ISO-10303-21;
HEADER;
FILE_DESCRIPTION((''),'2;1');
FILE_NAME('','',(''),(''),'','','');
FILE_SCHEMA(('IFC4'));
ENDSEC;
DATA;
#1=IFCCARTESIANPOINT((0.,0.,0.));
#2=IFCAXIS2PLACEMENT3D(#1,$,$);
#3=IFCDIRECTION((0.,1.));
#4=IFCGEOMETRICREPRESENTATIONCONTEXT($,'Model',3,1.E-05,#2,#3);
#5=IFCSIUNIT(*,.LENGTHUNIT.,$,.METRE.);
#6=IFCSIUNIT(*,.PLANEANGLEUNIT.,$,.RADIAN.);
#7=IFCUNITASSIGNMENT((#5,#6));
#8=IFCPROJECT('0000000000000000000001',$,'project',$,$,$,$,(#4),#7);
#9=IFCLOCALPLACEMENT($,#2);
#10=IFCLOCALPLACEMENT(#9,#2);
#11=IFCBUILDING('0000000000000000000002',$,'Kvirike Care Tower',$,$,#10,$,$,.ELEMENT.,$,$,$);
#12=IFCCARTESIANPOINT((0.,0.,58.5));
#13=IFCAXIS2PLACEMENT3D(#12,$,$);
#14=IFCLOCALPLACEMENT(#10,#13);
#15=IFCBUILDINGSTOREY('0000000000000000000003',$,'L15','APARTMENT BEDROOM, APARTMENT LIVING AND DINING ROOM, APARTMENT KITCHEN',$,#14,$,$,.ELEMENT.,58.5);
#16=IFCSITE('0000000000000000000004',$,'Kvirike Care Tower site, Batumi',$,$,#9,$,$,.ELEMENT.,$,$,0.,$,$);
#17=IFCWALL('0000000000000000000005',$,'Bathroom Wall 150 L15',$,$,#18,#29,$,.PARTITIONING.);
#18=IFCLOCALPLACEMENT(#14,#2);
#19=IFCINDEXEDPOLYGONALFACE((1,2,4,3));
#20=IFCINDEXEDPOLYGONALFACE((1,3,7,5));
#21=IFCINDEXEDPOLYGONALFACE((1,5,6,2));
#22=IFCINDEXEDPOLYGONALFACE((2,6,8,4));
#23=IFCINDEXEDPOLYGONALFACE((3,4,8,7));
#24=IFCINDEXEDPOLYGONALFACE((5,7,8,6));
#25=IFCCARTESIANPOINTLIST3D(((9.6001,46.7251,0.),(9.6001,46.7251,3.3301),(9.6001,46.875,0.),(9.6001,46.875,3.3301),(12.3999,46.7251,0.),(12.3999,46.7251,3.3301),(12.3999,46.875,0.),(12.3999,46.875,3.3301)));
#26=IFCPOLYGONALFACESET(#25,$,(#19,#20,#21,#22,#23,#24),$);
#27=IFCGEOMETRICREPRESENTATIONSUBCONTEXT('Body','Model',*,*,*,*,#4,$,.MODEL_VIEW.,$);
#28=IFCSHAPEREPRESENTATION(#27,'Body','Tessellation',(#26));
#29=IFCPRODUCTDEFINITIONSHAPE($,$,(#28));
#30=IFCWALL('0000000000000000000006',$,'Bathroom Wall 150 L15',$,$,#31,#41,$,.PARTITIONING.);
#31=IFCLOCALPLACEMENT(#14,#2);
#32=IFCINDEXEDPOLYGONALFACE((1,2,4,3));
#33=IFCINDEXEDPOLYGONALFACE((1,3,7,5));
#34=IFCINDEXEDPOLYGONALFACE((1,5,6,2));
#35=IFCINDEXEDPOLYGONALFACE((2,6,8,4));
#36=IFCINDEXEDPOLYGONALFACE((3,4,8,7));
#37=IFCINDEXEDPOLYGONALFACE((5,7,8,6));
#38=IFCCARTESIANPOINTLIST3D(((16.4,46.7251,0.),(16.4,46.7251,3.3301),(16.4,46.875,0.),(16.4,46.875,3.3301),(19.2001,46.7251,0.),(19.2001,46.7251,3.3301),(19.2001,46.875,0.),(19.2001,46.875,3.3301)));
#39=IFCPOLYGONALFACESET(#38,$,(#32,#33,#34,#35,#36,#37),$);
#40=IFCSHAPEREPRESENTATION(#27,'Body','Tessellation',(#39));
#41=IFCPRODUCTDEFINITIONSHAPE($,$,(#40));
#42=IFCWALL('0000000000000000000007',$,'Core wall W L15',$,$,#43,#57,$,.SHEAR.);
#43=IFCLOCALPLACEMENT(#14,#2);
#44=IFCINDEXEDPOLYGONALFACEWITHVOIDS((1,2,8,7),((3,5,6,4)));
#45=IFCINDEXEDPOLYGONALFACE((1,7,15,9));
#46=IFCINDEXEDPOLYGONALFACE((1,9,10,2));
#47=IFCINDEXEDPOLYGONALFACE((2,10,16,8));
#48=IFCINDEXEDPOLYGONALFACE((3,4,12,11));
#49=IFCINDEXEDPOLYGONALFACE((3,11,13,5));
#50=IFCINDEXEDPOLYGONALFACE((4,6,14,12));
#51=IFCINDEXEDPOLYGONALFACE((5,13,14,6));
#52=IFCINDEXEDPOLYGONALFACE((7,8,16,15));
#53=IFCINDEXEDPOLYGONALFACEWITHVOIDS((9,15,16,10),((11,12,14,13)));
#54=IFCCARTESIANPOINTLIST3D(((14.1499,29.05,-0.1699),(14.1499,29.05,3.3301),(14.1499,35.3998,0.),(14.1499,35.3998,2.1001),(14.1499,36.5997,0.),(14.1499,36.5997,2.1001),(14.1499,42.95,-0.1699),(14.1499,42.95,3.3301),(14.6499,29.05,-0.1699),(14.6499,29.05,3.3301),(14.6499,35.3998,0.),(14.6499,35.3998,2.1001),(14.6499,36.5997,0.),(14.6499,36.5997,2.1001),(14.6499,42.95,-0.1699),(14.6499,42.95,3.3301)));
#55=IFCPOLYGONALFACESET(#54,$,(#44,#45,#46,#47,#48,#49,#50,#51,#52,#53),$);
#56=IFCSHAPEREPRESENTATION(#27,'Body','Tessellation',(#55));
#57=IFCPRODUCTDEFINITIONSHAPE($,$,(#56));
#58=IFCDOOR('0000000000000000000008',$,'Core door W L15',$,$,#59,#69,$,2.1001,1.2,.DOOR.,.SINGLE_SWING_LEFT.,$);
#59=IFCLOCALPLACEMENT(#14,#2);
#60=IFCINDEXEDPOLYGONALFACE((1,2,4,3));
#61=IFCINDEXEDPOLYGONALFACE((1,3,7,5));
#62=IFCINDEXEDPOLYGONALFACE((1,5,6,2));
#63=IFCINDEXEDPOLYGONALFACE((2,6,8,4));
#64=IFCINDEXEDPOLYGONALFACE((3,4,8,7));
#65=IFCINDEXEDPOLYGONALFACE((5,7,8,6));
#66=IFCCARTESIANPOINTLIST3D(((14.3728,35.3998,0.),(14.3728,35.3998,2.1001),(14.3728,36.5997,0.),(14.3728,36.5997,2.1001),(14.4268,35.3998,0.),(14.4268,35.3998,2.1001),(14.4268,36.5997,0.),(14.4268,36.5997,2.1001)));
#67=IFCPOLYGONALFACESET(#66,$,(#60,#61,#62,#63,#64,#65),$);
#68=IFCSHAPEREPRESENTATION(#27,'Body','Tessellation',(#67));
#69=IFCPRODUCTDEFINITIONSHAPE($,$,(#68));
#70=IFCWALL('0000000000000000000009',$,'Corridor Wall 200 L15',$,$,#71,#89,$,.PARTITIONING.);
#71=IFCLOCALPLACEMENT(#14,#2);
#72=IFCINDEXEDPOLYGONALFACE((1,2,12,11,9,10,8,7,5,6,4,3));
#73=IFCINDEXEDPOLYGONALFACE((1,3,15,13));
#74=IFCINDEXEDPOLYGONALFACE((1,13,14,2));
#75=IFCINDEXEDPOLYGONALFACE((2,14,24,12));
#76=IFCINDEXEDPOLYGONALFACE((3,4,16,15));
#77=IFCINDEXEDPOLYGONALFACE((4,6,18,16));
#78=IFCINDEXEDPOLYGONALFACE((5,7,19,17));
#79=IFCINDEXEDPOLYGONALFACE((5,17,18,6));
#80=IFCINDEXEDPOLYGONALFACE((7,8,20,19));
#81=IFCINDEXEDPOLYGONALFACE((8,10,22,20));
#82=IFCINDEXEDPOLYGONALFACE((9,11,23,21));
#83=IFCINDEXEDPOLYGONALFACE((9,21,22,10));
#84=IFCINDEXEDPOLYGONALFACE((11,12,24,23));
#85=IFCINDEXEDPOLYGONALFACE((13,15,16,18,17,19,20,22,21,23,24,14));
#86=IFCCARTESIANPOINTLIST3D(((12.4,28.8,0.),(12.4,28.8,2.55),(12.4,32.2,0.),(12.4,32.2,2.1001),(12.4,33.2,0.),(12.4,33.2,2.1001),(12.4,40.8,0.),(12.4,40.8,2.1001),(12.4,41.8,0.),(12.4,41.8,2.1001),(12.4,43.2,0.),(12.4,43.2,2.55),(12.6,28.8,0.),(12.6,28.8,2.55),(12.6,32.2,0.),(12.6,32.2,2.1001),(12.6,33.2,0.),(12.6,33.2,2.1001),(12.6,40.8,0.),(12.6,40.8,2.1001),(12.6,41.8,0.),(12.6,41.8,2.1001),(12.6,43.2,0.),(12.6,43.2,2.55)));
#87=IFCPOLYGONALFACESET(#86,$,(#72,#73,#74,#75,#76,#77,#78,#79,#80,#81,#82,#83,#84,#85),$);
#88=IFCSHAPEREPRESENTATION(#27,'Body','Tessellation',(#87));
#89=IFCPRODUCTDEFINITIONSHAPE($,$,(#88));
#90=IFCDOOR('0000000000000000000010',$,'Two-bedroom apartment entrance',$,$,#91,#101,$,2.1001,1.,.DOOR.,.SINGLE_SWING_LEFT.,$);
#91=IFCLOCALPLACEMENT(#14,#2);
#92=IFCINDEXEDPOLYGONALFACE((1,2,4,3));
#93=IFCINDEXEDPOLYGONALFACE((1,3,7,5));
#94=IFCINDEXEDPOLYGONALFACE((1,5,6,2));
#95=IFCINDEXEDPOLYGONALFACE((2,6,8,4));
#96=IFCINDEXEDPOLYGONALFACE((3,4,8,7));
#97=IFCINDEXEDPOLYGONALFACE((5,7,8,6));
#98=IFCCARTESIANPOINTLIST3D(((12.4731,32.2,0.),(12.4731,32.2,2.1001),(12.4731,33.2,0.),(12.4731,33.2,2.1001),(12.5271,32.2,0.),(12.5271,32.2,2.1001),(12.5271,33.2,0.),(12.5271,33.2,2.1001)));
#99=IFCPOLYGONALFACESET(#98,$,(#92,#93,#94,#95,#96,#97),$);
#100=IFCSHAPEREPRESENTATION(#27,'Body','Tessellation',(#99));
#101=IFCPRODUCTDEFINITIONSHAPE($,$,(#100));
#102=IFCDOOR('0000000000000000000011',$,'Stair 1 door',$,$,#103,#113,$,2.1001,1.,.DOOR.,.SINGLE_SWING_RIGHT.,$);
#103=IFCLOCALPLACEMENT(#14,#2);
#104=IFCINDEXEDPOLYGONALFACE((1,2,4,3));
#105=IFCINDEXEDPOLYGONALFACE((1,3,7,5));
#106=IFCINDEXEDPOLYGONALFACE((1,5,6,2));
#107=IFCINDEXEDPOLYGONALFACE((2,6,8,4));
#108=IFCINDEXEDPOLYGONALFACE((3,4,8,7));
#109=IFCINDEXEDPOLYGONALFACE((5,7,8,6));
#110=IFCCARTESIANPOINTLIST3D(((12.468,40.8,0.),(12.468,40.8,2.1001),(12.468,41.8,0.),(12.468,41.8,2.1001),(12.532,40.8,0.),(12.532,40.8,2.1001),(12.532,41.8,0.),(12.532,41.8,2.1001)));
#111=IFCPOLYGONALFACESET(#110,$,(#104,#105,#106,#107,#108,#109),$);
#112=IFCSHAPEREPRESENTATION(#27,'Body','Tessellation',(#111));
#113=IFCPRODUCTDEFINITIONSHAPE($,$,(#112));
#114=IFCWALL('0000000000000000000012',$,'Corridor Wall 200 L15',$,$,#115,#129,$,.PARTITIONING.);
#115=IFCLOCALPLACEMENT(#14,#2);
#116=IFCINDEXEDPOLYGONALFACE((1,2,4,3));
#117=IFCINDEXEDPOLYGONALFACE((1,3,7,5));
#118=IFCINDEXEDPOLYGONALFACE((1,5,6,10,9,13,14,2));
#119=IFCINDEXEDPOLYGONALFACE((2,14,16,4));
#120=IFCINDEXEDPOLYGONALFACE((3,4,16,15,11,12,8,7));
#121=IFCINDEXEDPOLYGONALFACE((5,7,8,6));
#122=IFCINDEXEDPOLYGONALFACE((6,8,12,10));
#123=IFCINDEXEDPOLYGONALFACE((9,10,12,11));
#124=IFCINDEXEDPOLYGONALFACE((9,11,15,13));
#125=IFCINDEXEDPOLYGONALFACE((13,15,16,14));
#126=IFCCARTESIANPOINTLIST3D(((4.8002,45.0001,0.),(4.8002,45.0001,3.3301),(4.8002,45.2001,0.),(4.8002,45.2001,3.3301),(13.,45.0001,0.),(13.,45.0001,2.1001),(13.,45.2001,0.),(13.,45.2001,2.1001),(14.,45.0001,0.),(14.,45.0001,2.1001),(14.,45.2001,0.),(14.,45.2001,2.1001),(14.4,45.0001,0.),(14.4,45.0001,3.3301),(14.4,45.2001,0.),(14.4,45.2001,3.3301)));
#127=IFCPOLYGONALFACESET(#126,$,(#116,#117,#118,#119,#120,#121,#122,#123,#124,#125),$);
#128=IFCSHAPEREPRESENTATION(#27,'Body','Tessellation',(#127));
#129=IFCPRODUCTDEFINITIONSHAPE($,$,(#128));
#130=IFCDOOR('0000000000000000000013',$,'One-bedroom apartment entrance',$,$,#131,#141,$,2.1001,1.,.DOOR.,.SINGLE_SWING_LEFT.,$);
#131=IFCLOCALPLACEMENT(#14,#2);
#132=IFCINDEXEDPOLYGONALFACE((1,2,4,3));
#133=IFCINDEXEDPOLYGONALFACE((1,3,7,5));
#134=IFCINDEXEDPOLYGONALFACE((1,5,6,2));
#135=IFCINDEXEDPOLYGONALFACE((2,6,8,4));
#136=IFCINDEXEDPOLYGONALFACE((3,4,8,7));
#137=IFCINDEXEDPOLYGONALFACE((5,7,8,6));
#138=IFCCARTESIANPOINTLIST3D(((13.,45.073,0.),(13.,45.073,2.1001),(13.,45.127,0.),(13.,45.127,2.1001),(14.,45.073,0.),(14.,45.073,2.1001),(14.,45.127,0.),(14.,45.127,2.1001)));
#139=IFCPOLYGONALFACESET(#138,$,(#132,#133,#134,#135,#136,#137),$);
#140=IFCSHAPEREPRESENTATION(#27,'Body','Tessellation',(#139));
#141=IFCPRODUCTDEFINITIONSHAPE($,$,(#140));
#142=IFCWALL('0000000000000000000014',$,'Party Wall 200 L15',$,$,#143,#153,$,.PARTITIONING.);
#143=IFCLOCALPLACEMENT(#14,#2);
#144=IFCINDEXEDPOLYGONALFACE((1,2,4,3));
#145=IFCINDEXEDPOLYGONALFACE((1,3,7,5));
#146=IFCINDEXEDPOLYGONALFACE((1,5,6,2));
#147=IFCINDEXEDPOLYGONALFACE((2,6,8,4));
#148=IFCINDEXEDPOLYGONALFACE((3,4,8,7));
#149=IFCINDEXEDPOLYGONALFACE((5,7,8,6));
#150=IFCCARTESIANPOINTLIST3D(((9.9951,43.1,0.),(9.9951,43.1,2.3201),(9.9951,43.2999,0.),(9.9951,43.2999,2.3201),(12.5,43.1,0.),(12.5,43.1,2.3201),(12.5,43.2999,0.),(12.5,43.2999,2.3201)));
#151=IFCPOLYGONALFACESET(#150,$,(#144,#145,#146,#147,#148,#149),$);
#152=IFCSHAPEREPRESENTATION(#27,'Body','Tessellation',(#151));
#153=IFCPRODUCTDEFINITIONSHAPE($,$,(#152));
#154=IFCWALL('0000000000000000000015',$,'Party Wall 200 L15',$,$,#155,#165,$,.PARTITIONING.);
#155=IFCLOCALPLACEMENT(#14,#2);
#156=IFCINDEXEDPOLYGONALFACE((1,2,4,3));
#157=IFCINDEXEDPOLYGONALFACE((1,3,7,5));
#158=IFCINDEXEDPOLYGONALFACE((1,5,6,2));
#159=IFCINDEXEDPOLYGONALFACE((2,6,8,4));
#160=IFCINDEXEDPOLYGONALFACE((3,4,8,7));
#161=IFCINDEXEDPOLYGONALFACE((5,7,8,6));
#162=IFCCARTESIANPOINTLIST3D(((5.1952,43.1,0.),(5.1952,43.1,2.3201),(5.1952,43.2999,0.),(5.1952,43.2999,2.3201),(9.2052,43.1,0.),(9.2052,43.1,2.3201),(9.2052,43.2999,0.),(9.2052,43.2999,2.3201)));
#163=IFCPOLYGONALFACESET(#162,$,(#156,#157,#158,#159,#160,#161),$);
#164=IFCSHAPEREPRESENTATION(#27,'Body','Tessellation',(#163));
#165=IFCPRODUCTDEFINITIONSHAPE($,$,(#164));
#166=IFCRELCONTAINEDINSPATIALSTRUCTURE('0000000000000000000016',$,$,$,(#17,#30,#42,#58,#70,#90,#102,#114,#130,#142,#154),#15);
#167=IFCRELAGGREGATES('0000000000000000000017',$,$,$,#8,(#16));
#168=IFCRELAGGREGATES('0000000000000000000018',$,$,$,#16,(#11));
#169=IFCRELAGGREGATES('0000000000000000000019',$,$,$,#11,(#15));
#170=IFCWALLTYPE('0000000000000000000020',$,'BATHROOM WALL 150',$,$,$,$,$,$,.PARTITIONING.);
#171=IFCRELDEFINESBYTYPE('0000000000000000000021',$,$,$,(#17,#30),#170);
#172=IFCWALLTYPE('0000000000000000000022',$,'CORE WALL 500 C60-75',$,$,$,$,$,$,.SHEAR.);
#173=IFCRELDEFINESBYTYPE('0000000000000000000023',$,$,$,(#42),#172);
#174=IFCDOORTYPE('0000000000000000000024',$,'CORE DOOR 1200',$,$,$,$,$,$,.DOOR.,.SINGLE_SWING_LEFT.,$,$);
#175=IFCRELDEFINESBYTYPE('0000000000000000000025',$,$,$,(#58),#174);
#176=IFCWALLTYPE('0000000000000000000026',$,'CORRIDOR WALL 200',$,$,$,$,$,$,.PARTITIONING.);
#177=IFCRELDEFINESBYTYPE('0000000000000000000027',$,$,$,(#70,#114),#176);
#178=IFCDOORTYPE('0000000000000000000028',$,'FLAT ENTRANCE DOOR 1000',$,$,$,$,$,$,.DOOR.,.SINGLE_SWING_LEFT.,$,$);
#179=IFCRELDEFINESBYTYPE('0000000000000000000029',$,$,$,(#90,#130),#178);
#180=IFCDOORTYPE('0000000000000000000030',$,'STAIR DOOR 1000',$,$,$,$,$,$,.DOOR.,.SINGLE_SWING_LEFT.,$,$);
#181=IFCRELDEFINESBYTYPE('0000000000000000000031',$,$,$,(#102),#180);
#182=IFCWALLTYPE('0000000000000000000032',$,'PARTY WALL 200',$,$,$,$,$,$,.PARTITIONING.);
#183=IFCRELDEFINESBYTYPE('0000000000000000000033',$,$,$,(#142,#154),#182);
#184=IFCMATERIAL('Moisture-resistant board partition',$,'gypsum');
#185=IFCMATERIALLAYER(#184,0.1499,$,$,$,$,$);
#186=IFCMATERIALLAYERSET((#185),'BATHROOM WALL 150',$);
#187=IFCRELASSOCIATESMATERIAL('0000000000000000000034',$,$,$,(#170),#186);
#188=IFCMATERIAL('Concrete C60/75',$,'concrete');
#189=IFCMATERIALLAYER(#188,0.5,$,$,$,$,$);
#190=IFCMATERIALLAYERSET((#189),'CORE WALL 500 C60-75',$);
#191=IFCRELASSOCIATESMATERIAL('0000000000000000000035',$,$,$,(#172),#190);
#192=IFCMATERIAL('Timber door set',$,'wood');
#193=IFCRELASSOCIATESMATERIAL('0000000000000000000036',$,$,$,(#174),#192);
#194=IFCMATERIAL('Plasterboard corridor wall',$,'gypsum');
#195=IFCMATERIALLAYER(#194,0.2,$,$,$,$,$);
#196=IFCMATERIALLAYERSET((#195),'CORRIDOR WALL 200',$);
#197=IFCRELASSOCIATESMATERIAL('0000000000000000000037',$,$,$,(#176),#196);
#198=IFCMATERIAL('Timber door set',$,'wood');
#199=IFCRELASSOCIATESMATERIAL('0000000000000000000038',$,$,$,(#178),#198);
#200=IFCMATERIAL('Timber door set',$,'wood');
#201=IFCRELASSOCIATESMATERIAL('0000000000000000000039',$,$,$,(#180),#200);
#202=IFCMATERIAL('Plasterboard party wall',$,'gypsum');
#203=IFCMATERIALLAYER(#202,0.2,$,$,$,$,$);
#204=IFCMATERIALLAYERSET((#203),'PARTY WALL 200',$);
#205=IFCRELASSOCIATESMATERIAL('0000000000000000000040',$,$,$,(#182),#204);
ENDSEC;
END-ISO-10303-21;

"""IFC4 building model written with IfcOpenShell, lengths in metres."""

from ifc_helpers import new_model, si_unit, direction, frame, frame_2d, origin, place, context, subcontext, project, spatial, rectangle, extrude, material, layer, layer_set, type_object, element, fill, save


model = new_model("IFC4")

# Units and contexts
model_context = context("Model", 3, precision=1e-05, world=origin(), true_north=direction((0.0, 1.0)))
body_context = subcontext(model_context, "Body", "Model", "MODEL_VIEW")
ifc_project = project(units=[si_unit("LENGTHUNIT", "METRE"), si_unit("PLANEANGLEUNIT", "RADIAN")], contexts=[model_context])

# Site, building, storey
site_placement = place(None, origin())
site = spatial("IfcSite", under=ifc_project, at=site_placement, Name="Kvirike Care Tower site, Batumi", CompositionType="ELEMENT", RefElevation=0.0)
building_placement = place(site_placement, origin())
building = spatial("IfcBuilding", under=site, at=building_placement, Name="Kvirike Care Tower", CompositionType="ELEMENT")
storey_placement = place(building_placement, frame((0.0, 0.0, 58.5)))
storey = spatial("IfcBuildingStorey", under=building, at=storey_placement, Name="L15", Description="APARTMENT BEDROOM, APARTMENT LIVING AND DINING ROOM, APARTMENT KITCHEN", CompositionType="ELEMENT", Elevation=58.5)

# Walls
ifc_material_1 = material(Name="Moisture-resistant board partition", Category="gypsum")
ifc_layer_1 = layer(ifc_material_1, 0.1499)
ifc_layer_set_1 = layer_set([ifc_layer_1], Name="BATHROOM WALL 150")
wall_type_1 = type_object("IfcWallType", Name="BATHROOM WALL 150", PredefinedType="PARTITIONING", material=ifc_layer_set_1)
wall_1_placement = place(storey_placement, frame((12.3999, 46.8, 0.0), z_axis=(0.0, 0.0, 1.0), x_axis=(-1.0, 0.0, 0.0)))
element("IfcWall", 1, at=wall_1_placement, inside=storey, type_object=wall_type_1, Name="Bathroom Wall 150 L15", PredefinedType="PARTITIONING", context=body_context, shape_type="SweptSolid", body=[
    extrude(rectangle(XDim=2.7998, YDim=0.1499, at=frame_2d((1.3999, 0.0))), origin(), (0.0, 0.0, 1.0), 3.3301),
])
wall_2_placement = place(storey_placement, frame((19.2, 46.8, 0.0), z_axis=(0.0, 0.0, 1.0), x_axis=(-1.0, 0.0, 0.0)))
element("IfcWall", 2, at=wall_2_placement, inside=storey, type_object=wall_type_1, Name="Bathroom Wall 150 L15", PredefinedType="PARTITIONING", context=body_context, shape_type="SweptSolid", body=[
    extrude(rectangle(XDim=2.8, YDim=0.1499, at=frame_2d((1.3999, 0.0))), origin(), (0.0, 0.0, 1.0), 3.3301),
])

# Wall, opening, door
ifc_material_2 = material(Name="Concrete C60/75", Category="concrete")
ifc_layer_2 = layer(ifc_material_2, 0.5)
ifc_layer_set_2 = layer_set([ifc_layer_2], Name="CORE WALL 500 C60-75")
wall_type_2 = type_object("IfcWallType", Name="CORE WALL 500 C60-75", PredefinedType="SHEAR", material=ifc_layer_set_2)
wall_3_placement = place(storey_placement, frame((14.3999, 42.95, -0.1699), z_axis=(0.0, 0.0, 1.0), x_axis=(0.0, -1.0, 0.0)))
wall_3 = element("IfcWall", 3, at=wall_3_placement, inside=storey, type_object=wall_type_2, Name="Core wall W L15", PredefinedType="SHEAR", context=body_context, shape_type="SweptSolid", body=[
    extrude(rectangle(XDim=13.8999, YDim=0.5, at=frame_2d((6.95, 0.0))), origin(), (0.0, 0.0, 1.0), 3.5),
])
opening_1_placement = place(wall_3_placement, frame((6.3501, 0.0, 0.1699)))
opening_1 = element("IfcOpeningElement", 4, at=opening_1_placement, cuts=wall_3, PredefinedType="OPENING", context=body_context, shape_type="SweptSolid", body=[
    extrude(rectangle(XDim=1.2, YDim=2.1001, at=frame_2d((0.6001, 1.05))), frame((0.0, 0.2605, 0.0), z_axis=(0.0, -1.0, 0.0), x_axis=(1.0, 0.0, 0.0)), (0.0, 0.0, 1.0), 0.521),
])
ifc_material_3 = material(Name="Timber door set", Category="wood")
door_type_1 = type_object("IfcDoorType", Name="CORE DOOR 1200", OperationType="SINGLE_SWING_LEFT", PredefinedType="DOOR", material=ifc_material_3)
door_1_placement = place(opening_1_placement, origin())
door_1 = element("IfcDoor", 5, at=door_1_placement, inside=storey, type_object=door_type_1, Name="Core door W L15", OperationType="SINGLE_SWING_LEFT", OverallHeight=2.1001, OverallWidth=1.2, PredefinedType="DOOR", context=body_context, shape_type="SweptSolid", body=[
    extrude(rectangle(XDim=1.2, YDim=2.1001, at=frame_2d((0.6001, 1.05))), frame((0.0, 0.0269, 0.0), z_axis=(0.0, -1.0, 0.0), x_axis=(1.0, 0.0, 0.0)), (0.0, 0.0, 1.0), 0.054),
])
fill(opening_1, door_1)

# Wall, openings, doors
ifc_material_4 = material(Name="Plasterboard corridor wall", Category="gypsum")
ifc_layer_3 = layer(ifc_material_4, 0.2)
ifc_layer_set_3 = layer_set([ifc_layer_3], Name="CORRIDOR WALL 200")
wall_type_3 = type_object("IfcWallType", Name="CORRIDOR WALL 200", PredefinedType="PARTITIONING", material=ifc_layer_set_3)
wall_4_placement = place(storey_placement, frame((12.5, 43.2, 0.0), z_axis=(0.0, 0.0, 1.0), x_axis=(0.0, -1.0, 0.0)))
wall_4 = element("IfcWall", 6, at=wall_4_placement, inside=storey, type_object=wall_type_3, Name="Corridor Wall 200 L15", PredefinedType="PARTITIONING", context=body_context, shape_type="SweptSolid", body=[
    extrude(rectangle(XDim=14.3999, YDim=0.2, at=frame_2d((7.2, 0.0))), origin(), (0.0, 0.0, 1.0), 2.55),
])
opening_2_placement = place(wall_4_placement, frame((1.3999, 0.0, 0.0)))
opening_2 = element("IfcOpeningElement", 7, at=opening_2_placement, cuts=wall_4, PredefinedType="OPENING", context=body_context, shape_type="SweptSolid", body=[
    extrude(rectangle(XDim=1.0, YDim=2.1001, at=frame_2d((0.5, 1.05))), frame((0.0, 0.1106, 0.0), z_axis=(0.0, -1.0, 0.0), x_axis=(1.0, 0.0, 0.0)), (0.0, 0.0, 1.0), 0.2209),
])
opening_3_placement = place(wall_4_placement, frame((10.0, 0.0, 0.0)))
opening_3 = element("IfcOpeningElement", 8, at=opening_3_placement, cuts=wall_4, PredefinedType="OPENING", context=body_context, shape_type="SweptSolid", body=[
    extrude(rectangle(XDim=1.0, YDim=2.1001, at=frame_2d((0.5, 1.05))), frame((0.0, 0.1106, 0.0), z_axis=(0.0, -1.0, 0.0), x_axis=(1.0, 0.0, 0.0)), (0.0, 0.0, 1.0), 0.2209),
])
ifc_material_5 = material(Name="Timber door set", Category="wood")
door_type_2 = type_object("IfcDoorType", Name="FLAT ENTRANCE DOOR 1000", OperationType="SINGLE_SWING_LEFT", PredefinedType="DOOR", material=ifc_material_5)
door_2_placement = place(opening_3_placement, frame((1.0, 0.0, 0.0), z_axis=(0.0, 0.0, 1.0), x_axis=(-1.0, 0.0, 0.0)))
door_2 = element("IfcDoor", 9, at=door_2_placement, inside=storey, type_object=door_type_2, Name="Two-bedroom apartment entrance", OperationType="SINGLE_SWING_LEFT", OverallHeight=2.1001, OverallWidth=1.0, PredefinedType="DOOR", context=body_context, shape_type="SweptSolid", body=[
    extrude(rectangle(XDim=1.0, YDim=2.1001, at=frame_2d((0.5, 1.05))), frame((0.0, 0.0269, 0.0), z_axis=(0.0, -1.0, 0.0), x_axis=(1.0, 0.0, 0.0)), (0.0, 0.0, 1.0), 0.054),
])
fill(opening_3, door_2)
ifc_material_6 = material(Name="Timber door set", Category="wood")
door_type_3 = type_object("IfcDoorType", Name="STAIR DOOR 1000", OperationType="SINGLE_SWING_LEFT", PredefinedType="DOOR", material=ifc_material_6)
door_3_placement = place(opening_2_placement, frame((1.0, 0.0, 0.0), z_axis=(0.0, 0.0, 1.0), x_axis=(-1.0, 0.0, 0.0)))
door_3 = element("IfcDoor", 10, at=door_3_placement, inside=storey, type_object=door_type_3, Name="Stair 1 door", OperationType="SINGLE_SWING_RIGHT", OverallHeight=2.1001, OverallWidth=1.0, PredefinedType="DOOR", context=body_context, shape_type="SweptSolid", body=[
    extrude(rectangle(XDim=1.0, YDim=2.1001, at=frame_2d((0.5, 1.05))), frame((0.0, 0.032, 0.0), z_axis=(0.0, -1.0, 0.0), x_axis=(1.0, 0.0, 0.0)), (0.0, 0.0, 1.0), 0.064),
])
fill(opening_2, door_3)

# Wall, opening, door
wall_5_placement = place(storey_placement, frame((14.3999, 45.1001, 0.0), z_axis=(0.0, 0.0, 1.0), x_axis=(-1.0, 0.0, 0.0)))
wall_5 = element("IfcWall", 11, at=wall_5_placement, inside=storey, type_object=wall_type_3, Name="Corridor Wall 200 L15", PredefinedType="PARTITIONING", context=body_context, shape_type="SweptSolid", body=[
    extrude(rectangle(XDim=9.5999, YDim=0.2, at=frame_2d((4.7998, 0.0))), origin(), (0.0, 0.0, 1.0), 3.3301),
])
opening_4_placement = place(wall_5_placement, frame((0.3999, 0.0, 0.0)))
opening_4 = element("IfcOpeningElement", 12, at=opening_4_placement, cuts=wall_5, PredefinedType="OPENING", context=body_context, shape_type="SweptSolid", body=[
    extrude(rectangle(XDim=1.0, YDim=2.1001, at=frame_2d((0.5, 1.05))), frame((0.0, 0.1106, 0.0), z_axis=(0.0, -1.0, 0.0), x_axis=(1.0, 0.0, 0.0)), (0.0, 0.0, 1.0), 0.2209),
])
door_4_placement = place(opening_4_placement, frame((1.0, 0.0, 0.0), z_axis=(0.0, 0.0, 1.0), x_axis=(-1.0, 0.0, 0.0)))
door_4 = element("IfcDoor", 13, at=door_4_placement, inside=storey, type_object=door_type_2, Name="One-bedroom apartment entrance", OperationType="SINGLE_SWING_LEFT", OverallHeight=2.1001, OverallWidth=1.0, PredefinedType="DOOR", context=body_context, shape_type="SweptSolid", body=[
    extrude(rectangle(XDim=1.0, YDim=2.1001, at=frame_2d((0.5, 1.05))), frame((0.0, 0.0269, 0.0), z_axis=(0.0, -1.0, 0.0), x_axis=(1.0, 0.0, 0.0)), (0.0, 0.0, 1.0), 0.054),
])
fill(opening_4, door_4)

# Walls
ifc_material_7 = material(Name="Plasterboard party wall", Category="gypsum")
ifc_layer_4 = layer(ifc_material_7, 0.2)
ifc_layer_set_4 = layer_set([ifc_layer_4], Name="PARTY WALL 200")
wall_type_4 = type_object("IfcWallType", Name="PARTY WALL 200", PredefinedType="PARTITIONING", material=ifc_layer_set_4)
wall_6_placement = place(storey_placement, frame((12.5, 43.2, 0.0), z_axis=(0.0, 0.0, 1.0), x_axis=(-1.0, 0.0, 0.0)))
element("IfcWall", 14, at=wall_6_placement, inside=storey, type_object=wall_type_4, Name="Party Wall 200 L15", PredefinedType="PARTITIONING", context=body_context, shape_type="SweptSolid", body=[
    extrude(rectangle(XDim=2.5049, YDim=0.2, at=frame_2d((1.2524, 0.0))), origin(), (0.0, 0.0, 1.0), 2.3201),
])
wall_7_placement = place(storey_placement, frame((9.2051, 43.2, 0.0), z_axis=(0.0, 0.0, 1.0), x_axis=(-1.0, 0.0, 0.0)))
element("IfcWall", 15, at=wall_7_placement, inside=storey, type_object=wall_type_4, Name="Party Wall 200 L15", PredefinedType="PARTITIONING", context=body_context, shape_type="SweptSolid", body=[
    extrude(rectangle(XDim=4.01, YDim=0.2, at=frame_2d((2.0049, 0.0))), origin(), (0.0, 0.0, 1.0), 2.3201),
])

save(model, "model.ifc")
